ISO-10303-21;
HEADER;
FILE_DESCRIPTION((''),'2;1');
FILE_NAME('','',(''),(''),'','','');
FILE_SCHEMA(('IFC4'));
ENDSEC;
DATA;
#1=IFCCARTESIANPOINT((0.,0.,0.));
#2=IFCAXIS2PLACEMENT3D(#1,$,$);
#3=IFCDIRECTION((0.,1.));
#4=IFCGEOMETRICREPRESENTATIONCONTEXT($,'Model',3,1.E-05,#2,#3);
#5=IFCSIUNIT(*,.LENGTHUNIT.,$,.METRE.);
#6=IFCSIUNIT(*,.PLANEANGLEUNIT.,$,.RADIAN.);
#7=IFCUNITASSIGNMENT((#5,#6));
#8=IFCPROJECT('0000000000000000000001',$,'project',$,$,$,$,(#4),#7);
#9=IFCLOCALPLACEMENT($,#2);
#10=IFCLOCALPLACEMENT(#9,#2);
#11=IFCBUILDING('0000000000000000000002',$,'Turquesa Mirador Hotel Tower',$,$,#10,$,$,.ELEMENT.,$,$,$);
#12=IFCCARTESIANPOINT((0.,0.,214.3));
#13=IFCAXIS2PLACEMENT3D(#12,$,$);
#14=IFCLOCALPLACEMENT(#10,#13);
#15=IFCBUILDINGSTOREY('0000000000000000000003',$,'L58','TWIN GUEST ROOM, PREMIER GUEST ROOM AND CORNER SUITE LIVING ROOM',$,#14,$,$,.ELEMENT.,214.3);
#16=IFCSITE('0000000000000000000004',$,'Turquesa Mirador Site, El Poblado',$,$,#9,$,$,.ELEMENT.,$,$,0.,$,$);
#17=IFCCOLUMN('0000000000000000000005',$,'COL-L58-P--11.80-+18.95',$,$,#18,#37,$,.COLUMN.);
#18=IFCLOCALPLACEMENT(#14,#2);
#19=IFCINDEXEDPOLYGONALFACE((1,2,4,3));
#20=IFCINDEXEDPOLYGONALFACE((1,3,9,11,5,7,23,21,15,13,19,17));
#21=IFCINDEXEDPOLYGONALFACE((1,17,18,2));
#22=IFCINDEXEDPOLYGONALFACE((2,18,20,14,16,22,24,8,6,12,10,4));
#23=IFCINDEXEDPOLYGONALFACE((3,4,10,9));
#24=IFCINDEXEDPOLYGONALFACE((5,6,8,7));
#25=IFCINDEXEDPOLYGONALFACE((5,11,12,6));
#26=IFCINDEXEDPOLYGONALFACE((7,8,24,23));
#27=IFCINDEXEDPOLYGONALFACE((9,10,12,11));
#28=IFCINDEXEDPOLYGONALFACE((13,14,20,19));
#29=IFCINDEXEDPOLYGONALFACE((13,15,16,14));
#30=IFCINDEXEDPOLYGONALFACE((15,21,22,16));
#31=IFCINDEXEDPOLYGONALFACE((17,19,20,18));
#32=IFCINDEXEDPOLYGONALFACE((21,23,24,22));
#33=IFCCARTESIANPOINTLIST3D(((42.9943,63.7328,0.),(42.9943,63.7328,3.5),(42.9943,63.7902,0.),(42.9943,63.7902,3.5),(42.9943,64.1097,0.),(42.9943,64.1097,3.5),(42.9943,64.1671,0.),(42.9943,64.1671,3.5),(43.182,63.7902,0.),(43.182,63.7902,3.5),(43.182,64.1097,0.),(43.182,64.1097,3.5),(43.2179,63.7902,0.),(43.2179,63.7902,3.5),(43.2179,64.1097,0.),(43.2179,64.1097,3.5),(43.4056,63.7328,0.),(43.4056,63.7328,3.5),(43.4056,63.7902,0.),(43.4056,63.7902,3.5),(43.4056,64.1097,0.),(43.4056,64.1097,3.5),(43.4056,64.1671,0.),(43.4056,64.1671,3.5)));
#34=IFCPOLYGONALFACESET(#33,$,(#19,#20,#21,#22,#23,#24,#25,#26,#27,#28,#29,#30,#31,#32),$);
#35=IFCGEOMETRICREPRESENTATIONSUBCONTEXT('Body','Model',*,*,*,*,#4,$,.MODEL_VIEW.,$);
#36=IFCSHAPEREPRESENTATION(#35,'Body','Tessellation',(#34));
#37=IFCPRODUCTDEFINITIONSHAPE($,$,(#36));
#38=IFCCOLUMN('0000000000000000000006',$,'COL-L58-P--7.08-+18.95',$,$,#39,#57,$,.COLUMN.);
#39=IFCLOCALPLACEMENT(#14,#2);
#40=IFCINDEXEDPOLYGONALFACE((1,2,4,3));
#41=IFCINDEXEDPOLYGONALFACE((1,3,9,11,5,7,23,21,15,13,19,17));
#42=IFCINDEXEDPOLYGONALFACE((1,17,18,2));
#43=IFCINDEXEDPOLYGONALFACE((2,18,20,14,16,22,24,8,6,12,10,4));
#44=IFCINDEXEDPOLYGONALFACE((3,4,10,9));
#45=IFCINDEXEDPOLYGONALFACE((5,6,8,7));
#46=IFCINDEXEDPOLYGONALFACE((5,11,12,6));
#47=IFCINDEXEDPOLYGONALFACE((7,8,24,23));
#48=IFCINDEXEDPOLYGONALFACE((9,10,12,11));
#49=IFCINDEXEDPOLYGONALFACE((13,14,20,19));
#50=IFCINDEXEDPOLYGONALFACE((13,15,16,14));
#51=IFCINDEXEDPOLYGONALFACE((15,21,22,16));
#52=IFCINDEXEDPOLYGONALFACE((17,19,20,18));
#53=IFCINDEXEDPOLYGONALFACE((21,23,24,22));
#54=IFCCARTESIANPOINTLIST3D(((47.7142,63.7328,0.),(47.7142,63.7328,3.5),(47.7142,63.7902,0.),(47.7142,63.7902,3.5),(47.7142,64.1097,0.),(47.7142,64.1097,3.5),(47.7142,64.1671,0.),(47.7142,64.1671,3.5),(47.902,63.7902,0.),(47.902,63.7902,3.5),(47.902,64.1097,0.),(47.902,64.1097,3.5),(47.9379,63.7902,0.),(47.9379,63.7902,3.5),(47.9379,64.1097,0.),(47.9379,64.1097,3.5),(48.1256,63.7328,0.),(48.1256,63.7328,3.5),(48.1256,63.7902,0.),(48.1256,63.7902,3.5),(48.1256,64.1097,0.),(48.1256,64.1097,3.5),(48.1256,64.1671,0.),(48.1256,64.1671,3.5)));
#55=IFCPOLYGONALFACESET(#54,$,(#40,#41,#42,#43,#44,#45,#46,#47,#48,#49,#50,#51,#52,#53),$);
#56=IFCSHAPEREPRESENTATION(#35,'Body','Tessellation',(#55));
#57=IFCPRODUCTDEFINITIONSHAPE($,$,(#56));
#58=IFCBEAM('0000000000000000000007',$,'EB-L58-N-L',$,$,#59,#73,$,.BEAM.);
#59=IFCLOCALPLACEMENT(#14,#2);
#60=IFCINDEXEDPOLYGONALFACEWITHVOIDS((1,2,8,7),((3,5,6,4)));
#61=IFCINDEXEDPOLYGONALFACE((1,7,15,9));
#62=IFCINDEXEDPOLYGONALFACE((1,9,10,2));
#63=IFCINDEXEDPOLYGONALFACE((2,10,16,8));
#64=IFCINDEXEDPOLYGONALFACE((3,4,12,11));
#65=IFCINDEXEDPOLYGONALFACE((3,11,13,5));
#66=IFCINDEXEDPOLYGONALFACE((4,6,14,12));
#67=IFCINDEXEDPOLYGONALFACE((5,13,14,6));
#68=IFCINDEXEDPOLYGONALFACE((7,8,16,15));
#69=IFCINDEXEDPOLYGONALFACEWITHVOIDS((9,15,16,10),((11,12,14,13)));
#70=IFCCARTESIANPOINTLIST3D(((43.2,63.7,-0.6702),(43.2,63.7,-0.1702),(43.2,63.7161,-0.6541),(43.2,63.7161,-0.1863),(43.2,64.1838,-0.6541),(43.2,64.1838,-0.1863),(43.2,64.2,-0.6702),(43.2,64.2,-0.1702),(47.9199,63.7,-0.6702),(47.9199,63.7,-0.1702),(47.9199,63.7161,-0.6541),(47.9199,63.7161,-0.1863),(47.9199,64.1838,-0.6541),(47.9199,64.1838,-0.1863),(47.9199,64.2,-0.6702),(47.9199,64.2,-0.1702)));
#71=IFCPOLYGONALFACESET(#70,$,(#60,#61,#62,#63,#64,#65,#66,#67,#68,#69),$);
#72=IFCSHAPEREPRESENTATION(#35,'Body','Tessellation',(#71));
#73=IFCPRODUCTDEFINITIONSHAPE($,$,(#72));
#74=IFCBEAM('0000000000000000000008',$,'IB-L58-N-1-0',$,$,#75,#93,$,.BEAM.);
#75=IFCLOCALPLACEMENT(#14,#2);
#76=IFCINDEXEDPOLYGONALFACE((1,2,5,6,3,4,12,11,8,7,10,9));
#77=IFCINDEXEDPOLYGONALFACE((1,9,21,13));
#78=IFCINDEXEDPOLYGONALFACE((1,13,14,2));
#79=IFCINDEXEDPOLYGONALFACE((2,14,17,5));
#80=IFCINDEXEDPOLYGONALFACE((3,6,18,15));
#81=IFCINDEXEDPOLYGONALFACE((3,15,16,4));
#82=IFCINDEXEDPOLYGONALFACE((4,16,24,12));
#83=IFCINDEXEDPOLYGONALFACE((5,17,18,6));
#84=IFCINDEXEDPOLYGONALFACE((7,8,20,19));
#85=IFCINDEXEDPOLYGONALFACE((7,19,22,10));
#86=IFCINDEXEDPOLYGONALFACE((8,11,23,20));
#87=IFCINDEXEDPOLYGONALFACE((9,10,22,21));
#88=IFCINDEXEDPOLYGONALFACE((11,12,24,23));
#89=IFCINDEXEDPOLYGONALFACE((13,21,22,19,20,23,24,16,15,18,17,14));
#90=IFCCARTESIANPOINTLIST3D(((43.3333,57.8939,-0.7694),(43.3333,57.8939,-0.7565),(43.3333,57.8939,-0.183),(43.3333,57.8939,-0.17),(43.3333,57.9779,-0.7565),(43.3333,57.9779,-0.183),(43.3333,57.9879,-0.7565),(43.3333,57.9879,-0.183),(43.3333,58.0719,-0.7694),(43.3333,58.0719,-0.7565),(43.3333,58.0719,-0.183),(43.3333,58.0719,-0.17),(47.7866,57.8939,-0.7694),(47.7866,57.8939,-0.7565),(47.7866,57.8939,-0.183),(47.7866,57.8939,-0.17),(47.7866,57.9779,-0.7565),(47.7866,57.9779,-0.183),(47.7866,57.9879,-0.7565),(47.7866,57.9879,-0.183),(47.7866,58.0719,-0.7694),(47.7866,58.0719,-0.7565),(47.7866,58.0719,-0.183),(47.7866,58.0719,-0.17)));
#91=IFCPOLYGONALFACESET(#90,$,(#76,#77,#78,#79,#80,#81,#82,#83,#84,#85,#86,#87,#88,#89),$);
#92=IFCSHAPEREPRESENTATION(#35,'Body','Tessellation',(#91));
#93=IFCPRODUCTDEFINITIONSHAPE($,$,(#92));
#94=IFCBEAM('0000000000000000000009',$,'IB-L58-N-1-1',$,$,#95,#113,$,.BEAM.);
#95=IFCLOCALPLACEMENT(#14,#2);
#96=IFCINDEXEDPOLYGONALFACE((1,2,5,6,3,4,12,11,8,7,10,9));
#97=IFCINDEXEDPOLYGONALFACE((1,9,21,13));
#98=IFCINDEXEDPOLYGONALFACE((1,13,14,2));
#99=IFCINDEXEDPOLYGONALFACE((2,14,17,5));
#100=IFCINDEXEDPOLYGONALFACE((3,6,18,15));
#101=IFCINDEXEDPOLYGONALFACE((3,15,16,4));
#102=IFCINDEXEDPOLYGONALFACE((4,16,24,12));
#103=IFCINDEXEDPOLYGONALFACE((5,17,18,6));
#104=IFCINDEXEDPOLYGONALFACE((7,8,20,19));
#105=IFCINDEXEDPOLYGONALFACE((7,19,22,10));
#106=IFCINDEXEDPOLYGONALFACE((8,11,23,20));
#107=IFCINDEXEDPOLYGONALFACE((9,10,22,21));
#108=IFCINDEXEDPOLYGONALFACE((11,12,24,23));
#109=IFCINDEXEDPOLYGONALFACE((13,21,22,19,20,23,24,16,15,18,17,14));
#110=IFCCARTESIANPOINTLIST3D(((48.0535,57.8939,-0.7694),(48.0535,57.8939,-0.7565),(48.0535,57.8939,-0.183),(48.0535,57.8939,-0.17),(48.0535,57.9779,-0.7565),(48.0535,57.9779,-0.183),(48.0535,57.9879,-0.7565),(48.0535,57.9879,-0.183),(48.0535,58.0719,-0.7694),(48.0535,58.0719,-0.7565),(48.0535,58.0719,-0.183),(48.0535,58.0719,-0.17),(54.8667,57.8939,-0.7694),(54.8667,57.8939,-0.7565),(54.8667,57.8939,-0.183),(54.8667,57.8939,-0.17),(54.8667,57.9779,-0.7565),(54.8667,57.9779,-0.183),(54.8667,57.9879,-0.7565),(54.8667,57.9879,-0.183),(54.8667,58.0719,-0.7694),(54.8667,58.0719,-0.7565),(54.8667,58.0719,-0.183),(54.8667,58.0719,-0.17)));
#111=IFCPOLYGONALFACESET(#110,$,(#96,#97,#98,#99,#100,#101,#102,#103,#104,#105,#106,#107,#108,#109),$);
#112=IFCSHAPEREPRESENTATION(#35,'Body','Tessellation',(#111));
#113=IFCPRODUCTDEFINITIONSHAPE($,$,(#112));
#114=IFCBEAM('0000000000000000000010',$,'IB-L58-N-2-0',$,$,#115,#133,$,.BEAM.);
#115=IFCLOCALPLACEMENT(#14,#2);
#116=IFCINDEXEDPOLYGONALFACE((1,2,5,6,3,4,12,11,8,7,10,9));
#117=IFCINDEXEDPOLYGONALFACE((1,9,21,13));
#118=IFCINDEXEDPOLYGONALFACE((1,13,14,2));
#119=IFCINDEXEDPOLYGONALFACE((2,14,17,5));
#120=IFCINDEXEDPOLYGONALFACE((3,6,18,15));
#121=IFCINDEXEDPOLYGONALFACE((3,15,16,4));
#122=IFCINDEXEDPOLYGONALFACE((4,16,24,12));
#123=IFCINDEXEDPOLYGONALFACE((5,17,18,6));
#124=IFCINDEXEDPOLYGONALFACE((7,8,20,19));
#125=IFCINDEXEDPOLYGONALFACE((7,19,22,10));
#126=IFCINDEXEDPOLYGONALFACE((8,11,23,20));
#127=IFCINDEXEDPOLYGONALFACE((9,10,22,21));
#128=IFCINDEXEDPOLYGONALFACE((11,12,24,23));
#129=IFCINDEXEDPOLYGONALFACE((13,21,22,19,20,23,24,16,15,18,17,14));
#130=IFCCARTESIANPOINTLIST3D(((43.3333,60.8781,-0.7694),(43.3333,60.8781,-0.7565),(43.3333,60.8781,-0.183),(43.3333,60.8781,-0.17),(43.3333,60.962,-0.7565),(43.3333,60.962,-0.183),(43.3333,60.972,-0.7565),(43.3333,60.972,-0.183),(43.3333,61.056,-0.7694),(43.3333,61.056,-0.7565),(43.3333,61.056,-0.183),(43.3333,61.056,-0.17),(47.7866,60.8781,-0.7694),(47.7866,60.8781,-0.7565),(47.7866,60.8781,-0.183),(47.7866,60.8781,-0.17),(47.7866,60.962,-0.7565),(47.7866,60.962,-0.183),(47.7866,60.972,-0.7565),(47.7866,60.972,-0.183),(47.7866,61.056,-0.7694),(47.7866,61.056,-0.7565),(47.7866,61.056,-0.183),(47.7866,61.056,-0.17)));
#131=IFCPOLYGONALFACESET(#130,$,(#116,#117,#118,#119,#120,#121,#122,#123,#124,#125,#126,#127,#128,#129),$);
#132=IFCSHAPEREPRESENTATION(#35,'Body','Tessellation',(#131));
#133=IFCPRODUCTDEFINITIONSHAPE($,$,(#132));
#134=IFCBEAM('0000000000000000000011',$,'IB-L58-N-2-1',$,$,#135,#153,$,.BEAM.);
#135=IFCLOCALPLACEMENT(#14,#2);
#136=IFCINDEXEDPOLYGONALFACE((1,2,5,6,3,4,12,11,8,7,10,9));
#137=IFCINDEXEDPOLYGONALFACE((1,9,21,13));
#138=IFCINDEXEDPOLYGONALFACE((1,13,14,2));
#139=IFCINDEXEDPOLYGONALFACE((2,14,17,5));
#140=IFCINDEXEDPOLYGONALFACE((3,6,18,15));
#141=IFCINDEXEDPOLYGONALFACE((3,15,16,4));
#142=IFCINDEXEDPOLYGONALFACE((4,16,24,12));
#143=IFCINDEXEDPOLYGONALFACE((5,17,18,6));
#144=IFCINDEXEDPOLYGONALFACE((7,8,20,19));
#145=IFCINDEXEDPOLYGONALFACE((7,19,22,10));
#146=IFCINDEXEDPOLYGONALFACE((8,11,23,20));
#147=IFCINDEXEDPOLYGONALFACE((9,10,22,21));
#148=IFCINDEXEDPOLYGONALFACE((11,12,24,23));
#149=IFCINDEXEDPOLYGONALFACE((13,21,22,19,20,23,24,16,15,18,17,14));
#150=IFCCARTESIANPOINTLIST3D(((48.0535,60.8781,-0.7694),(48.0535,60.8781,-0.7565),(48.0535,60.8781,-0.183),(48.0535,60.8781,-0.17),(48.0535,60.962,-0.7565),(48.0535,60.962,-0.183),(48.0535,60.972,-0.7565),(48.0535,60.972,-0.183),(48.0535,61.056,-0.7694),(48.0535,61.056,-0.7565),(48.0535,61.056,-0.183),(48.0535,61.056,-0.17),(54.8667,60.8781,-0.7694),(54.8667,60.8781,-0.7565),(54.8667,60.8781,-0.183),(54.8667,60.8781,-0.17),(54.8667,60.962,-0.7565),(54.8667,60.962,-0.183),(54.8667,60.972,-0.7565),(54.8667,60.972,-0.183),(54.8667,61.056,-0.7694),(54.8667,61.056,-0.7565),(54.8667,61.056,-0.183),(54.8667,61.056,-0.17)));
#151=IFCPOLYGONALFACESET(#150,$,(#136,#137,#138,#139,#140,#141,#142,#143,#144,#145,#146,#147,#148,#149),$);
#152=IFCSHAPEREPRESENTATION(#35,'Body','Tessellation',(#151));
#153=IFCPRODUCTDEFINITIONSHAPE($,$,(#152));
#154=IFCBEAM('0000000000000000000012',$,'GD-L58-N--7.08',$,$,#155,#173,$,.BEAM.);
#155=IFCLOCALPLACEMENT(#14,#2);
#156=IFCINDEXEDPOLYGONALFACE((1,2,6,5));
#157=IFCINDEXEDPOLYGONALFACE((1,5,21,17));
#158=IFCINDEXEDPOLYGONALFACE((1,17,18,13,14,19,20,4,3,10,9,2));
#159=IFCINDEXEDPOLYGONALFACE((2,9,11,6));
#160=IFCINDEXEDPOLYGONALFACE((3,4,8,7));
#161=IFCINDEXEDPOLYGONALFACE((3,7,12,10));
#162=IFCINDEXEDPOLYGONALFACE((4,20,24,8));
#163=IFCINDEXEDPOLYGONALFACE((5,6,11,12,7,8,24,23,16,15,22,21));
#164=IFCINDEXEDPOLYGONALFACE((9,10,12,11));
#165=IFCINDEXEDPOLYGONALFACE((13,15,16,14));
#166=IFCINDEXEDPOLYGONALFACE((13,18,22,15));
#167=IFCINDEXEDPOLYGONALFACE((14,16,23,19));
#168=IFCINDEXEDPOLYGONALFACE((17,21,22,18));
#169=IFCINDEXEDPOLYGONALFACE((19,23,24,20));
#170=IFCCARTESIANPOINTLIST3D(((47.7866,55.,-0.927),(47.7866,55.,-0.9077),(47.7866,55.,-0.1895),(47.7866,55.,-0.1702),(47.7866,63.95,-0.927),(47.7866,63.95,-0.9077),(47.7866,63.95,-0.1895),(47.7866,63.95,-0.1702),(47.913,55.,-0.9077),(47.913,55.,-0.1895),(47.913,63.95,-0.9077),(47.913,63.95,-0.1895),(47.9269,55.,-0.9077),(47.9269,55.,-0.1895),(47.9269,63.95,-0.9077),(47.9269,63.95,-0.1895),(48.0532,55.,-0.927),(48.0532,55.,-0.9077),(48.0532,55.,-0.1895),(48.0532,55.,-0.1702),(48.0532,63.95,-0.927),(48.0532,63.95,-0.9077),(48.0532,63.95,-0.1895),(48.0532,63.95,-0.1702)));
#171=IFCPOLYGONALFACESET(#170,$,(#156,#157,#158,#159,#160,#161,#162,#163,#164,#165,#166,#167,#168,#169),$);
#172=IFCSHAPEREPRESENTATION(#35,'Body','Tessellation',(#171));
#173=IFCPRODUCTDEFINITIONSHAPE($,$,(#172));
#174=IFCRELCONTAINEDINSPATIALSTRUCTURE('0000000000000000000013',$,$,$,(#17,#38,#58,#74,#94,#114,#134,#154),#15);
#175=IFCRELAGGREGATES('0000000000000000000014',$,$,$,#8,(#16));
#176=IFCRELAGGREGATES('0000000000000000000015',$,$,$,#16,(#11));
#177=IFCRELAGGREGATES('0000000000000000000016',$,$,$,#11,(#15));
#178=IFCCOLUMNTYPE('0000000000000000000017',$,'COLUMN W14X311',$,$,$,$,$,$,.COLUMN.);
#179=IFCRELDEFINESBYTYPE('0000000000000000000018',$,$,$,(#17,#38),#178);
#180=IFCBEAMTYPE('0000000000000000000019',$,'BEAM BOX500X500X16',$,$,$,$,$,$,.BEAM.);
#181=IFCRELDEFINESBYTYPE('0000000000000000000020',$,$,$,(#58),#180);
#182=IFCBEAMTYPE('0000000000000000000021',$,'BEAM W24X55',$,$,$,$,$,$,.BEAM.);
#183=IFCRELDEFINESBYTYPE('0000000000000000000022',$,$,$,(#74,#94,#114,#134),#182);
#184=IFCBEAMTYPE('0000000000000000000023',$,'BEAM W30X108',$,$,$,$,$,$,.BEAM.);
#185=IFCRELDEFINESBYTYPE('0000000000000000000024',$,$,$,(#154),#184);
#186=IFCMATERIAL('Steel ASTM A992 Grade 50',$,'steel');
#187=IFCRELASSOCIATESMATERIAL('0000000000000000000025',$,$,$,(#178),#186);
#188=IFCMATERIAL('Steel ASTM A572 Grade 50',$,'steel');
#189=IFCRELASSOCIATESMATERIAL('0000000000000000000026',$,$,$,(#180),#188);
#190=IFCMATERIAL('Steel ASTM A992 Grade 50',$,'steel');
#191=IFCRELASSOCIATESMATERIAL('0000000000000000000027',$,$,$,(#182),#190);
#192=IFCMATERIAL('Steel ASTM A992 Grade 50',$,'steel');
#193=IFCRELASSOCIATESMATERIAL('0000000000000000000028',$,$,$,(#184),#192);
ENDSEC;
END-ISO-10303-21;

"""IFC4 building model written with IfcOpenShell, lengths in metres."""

from ifc_helpers import new_model, si_unit, direction, frame, origin, origin_2d, place, context, subcontext, project, spatial, hollow_rectangle, i_section, extrude, material, material_profile, profile_set, type_object, element, save


model = new_model("IFC4")

# Units and contexts
model_context = context("Model", 3, precision=1e-05, world=origin(), true_north=direction((0.0, 1.0)))
body_context = subcontext(model_context, "Body", "Model", "MODEL_VIEW")
ifc_project = project(units=[si_unit("LENGTHUNIT", "METRE"), si_unit("PLANEANGLEUNIT", "RADIAN")], contexts=[model_context])

# Site, building, storey
site_placement = place(None, origin())
site = spatial("IfcSite", under=ifc_project, at=site_placement, Name="Turquesa Mirador Site, El Poblado", CompositionType="ELEMENT", RefElevation=0.0)
building_placement = place(site_placement, origin())
building = spatial("IfcBuilding", under=site, at=building_placement, Name="Turquesa Mirador Hotel Tower", CompositionType="ELEMENT")
storey_placement = place(building_placement, frame((0.0, 0.0, 214.3)))
storey = spatial("IfcBuildingStorey", under=building, at=storey_placement, Name="L58", Description="TWIN GUEST ROOM, PREMIER GUEST ROOM AND CORNER SUITE LIVING ROOM", CompositionType="ELEMENT", Elevation=214.3)

# Columns
ifc_material_1 = material(Name="Steel ASTM A992 Grade 50", Category="steel")
ifc_material_profile_1 = material_profile(ifc_material_1, i_section(OverallWidth=0.4114, OverallDepth=0.4343, WebThickness=0.0359, FlangeThickness=0.0574, at=origin_2d()), Name="W14X311")
ifc_profile_set_1 = profile_set([ifc_material_profile_1], Name="Steel ASTM A992 Grade 50")
column_type = type_object("IfcColumnType", Name="COLUMN W14X311", PredefinedType="COLUMN", material=ifc_profile_set_1)
for number, where, z_axis, x_axis, name in (
    (1, (43.2, 63.95, 0.0), (0.0, 0.0, 1.0), (1.0, 0.0, 0.0), "COL-L58-P--11.80-+18.95"),
    (2, (47.9199, 63.95, 0.0), (0.0, 0.0, 1.0), (1.0, 0.0, 0.0), "COL-L58-P--7.08-+18.95"),
):
    element("IfcColumn", number, at=place(storey_placement, frame(where, z_axis=z_axis, x_axis=x_axis)), inside=storey, type_object=column_type, Name=name, PredefinedType="COLUMN", context=body_context, shape_type="SweptSolid", body=[
        extrude(i_section(OverallWidth=0.4114, OverallDepth=0.4343, WebThickness=0.0359, FlangeThickness=0.0574, at=origin_2d()), origin(), (0.0, 0.0, 1.0), 3.5),
    ])

# Beams
ifc_material_2 = material(Name="Steel ASTM A572 Grade 50", Category="steel")
ifc_material_profile_2 = material_profile(ifc_material_2, hollow_rectangle(XDim=0.5, YDim=0.5, WallThickness=0.0161, at=origin_2d()), Name="BOX500X500X16")
ifc_profile_set_2 = profile_set([ifc_material_profile_2], Name="Steel ASTM A572 Grade 50")
beam_type_1 = type_object("IfcBeamType", Name="BEAM BOX500X500X16", PredefinedType="BEAM", material=ifc_profile_set_2)
beam_1_placement = place(storey_placement, frame((43.2, 63.95, -0.4202), z_axis=(1.0, 0.0, 0.0), x_axis=(0.0, 1.0, 0.0)))
element("IfcBeam", 3, at=beam_1_placement, inside=storey, type_object=beam_type_1, Name="EB-L58-N-L", PredefinedType="BEAM", context=body_context, shape_type="SweptSolid", body=[
    extrude(hollow_rectangle(XDim=0.5, YDim=0.5, WallThickness=0.0161, at=origin_2d()), origin(), (0.0, 0.0, 1.0), 4.72),
])
ifc_material_3 = material(Name="Steel ASTM A992 Grade 50", Category="steel")
ifc_material_profile_3 = material_profile(ifc_material_3, i_section(OverallWidth=0.178, OverallDepth=0.5994, WebThickness=0.01, FlangeThickness=0.0129, at=origin_2d()), Name="W24X55")
ifc_profile_set_3 = profile_set([ifc_material_profile_3], Name="Steel ASTM A992 Grade 50")
beam_type_2 = type_object("IfcBeamType", Name="BEAM W24X55", PredefinedType="BEAM", material=ifc_profile_set_3)
beam_2_placement = place(storey_placement, frame((43.3333, 57.9829, -0.4697), z_axis=(1.0, 0.0, 0.0), x_axis=(0.0, 1.0, 0.0)))
element("IfcBeam", 4, at=beam_2_placement, inside=storey, type_object=beam_type_2, Name="IB-L58-N-1-0", PredefinedType="BEAM", context=body_context, shape_type="SweptSolid", body=[
    extrude(i_section(OverallWidth=0.178, OverallDepth=0.5994, WebThickness=0.01, FlangeThickness=0.0129, at=origin_2d()), origin(), (0.0, 0.0, 1.0), 4.4534),
])
beam_3_placement = place(storey_placement, frame((48.0535, 57.9829, -0.4697), z_axis=(1.0, 0.0, 0.0), x_axis=(0.0, 1.0, 0.0)))
element("IfcBeam", 5, at=beam_3_placement, inside=storey, type_object=beam_type_2, Name="IB-L58-N-1-1", PredefinedType="BEAM", context=body_context, shape_type="SweptSolid", body=[
    extrude(i_section(OverallWidth=0.178, OverallDepth=0.5994, WebThickness=0.01, FlangeThickness=0.0129, at=origin_2d()), origin(), (0.0, 0.0, 1.0), 6.8132),
])
beam_4_placement = place(storey_placement, frame((43.3333, 60.967, -0.4697), z_axis=(1.0, 0.0, 0.0), x_axis=(0.0, 1.0, 0.0)))
element("IfcBeam", 6, at=beam_4_placement, inside=storey, type_object=beam_type_2, Name="IB-L58-N-2-0", PredefinedType="BEAM", context=body_context, shape_type="SweptSolid", body=[
    extrude(i_section(OverallWidth=0.178, OverallDepth=0.5994, WebThickness=0.01, FlangeThickness=0.0129, at=origin_2d()), origin(), (0.0, 0.0, 1.0), 4.4534),
])
beam_5_placement = place(storey_placement, frame((48.0535, 60.967, -0.4697), z_axis=(1.0, 0.0, 0.0), x_axis=(0.0, 1.0, 0.0)))
element("IfcBeam", 7, at=beam_5_placement, inside=storey, type_object=beam_type_2, Name="IB-L58-N-2-1", PredefinedType="BEAM", context=body_context, shape_type="SweptSolid", body=[
    extrude(i_section(OverallWidth=0.178, OverallDepth=0.5994, WebThickness=0.01, FlangeThickness=0.0129, at=origin_2d()), origin(), (0.0, 0.0, 1.0), 6.8132),
])
ifc_material_4 = material(Name="Steel ASTM A992 Grade 50", Category="steel")
ifc_material_profile_4 = material_profile(ifc_material_4, i_section(OverallWidth=0.2666, OverallDepth=0.7568, WebThickness=0.0139, FlangeThickness=0.0193, at=origin_2d()), Name="W30X108")
ifc_profile_set_4 = profile_set([ifc_material_profile_4], Name="Steel ASTM A992 Grade 50")
beam_type_3 = type_object("IfcBeamType", Name="BEAM W30X108", PredefinedType="BEAM", material=ifc_profile_set_4)
beam_6_placement = place(storey_placement, frame((47.9199, 63.95, -0.5486), z_axis=(0.0, -1.0, 0.0), x_axis=(1.0, 0.0, 0.0)))
element("IfcBeam", 8, at=beam_6_placement, inside=storey, type_object=beam_type_3, Name="GD-L58-N--7.08", PredefinedType="BEAM", context=body_context, shape_type="SweptSolid", body=[
    extrude(i_section(OverallWidth=0.2666, OverallDepth=0.7568, WebThickness=0.0139, FlangeThickness=0.0193, at=origin_2d()), origin(), (0.0, 0.0, 1.0), 8.95),
])

save(model, "model.ifc")
